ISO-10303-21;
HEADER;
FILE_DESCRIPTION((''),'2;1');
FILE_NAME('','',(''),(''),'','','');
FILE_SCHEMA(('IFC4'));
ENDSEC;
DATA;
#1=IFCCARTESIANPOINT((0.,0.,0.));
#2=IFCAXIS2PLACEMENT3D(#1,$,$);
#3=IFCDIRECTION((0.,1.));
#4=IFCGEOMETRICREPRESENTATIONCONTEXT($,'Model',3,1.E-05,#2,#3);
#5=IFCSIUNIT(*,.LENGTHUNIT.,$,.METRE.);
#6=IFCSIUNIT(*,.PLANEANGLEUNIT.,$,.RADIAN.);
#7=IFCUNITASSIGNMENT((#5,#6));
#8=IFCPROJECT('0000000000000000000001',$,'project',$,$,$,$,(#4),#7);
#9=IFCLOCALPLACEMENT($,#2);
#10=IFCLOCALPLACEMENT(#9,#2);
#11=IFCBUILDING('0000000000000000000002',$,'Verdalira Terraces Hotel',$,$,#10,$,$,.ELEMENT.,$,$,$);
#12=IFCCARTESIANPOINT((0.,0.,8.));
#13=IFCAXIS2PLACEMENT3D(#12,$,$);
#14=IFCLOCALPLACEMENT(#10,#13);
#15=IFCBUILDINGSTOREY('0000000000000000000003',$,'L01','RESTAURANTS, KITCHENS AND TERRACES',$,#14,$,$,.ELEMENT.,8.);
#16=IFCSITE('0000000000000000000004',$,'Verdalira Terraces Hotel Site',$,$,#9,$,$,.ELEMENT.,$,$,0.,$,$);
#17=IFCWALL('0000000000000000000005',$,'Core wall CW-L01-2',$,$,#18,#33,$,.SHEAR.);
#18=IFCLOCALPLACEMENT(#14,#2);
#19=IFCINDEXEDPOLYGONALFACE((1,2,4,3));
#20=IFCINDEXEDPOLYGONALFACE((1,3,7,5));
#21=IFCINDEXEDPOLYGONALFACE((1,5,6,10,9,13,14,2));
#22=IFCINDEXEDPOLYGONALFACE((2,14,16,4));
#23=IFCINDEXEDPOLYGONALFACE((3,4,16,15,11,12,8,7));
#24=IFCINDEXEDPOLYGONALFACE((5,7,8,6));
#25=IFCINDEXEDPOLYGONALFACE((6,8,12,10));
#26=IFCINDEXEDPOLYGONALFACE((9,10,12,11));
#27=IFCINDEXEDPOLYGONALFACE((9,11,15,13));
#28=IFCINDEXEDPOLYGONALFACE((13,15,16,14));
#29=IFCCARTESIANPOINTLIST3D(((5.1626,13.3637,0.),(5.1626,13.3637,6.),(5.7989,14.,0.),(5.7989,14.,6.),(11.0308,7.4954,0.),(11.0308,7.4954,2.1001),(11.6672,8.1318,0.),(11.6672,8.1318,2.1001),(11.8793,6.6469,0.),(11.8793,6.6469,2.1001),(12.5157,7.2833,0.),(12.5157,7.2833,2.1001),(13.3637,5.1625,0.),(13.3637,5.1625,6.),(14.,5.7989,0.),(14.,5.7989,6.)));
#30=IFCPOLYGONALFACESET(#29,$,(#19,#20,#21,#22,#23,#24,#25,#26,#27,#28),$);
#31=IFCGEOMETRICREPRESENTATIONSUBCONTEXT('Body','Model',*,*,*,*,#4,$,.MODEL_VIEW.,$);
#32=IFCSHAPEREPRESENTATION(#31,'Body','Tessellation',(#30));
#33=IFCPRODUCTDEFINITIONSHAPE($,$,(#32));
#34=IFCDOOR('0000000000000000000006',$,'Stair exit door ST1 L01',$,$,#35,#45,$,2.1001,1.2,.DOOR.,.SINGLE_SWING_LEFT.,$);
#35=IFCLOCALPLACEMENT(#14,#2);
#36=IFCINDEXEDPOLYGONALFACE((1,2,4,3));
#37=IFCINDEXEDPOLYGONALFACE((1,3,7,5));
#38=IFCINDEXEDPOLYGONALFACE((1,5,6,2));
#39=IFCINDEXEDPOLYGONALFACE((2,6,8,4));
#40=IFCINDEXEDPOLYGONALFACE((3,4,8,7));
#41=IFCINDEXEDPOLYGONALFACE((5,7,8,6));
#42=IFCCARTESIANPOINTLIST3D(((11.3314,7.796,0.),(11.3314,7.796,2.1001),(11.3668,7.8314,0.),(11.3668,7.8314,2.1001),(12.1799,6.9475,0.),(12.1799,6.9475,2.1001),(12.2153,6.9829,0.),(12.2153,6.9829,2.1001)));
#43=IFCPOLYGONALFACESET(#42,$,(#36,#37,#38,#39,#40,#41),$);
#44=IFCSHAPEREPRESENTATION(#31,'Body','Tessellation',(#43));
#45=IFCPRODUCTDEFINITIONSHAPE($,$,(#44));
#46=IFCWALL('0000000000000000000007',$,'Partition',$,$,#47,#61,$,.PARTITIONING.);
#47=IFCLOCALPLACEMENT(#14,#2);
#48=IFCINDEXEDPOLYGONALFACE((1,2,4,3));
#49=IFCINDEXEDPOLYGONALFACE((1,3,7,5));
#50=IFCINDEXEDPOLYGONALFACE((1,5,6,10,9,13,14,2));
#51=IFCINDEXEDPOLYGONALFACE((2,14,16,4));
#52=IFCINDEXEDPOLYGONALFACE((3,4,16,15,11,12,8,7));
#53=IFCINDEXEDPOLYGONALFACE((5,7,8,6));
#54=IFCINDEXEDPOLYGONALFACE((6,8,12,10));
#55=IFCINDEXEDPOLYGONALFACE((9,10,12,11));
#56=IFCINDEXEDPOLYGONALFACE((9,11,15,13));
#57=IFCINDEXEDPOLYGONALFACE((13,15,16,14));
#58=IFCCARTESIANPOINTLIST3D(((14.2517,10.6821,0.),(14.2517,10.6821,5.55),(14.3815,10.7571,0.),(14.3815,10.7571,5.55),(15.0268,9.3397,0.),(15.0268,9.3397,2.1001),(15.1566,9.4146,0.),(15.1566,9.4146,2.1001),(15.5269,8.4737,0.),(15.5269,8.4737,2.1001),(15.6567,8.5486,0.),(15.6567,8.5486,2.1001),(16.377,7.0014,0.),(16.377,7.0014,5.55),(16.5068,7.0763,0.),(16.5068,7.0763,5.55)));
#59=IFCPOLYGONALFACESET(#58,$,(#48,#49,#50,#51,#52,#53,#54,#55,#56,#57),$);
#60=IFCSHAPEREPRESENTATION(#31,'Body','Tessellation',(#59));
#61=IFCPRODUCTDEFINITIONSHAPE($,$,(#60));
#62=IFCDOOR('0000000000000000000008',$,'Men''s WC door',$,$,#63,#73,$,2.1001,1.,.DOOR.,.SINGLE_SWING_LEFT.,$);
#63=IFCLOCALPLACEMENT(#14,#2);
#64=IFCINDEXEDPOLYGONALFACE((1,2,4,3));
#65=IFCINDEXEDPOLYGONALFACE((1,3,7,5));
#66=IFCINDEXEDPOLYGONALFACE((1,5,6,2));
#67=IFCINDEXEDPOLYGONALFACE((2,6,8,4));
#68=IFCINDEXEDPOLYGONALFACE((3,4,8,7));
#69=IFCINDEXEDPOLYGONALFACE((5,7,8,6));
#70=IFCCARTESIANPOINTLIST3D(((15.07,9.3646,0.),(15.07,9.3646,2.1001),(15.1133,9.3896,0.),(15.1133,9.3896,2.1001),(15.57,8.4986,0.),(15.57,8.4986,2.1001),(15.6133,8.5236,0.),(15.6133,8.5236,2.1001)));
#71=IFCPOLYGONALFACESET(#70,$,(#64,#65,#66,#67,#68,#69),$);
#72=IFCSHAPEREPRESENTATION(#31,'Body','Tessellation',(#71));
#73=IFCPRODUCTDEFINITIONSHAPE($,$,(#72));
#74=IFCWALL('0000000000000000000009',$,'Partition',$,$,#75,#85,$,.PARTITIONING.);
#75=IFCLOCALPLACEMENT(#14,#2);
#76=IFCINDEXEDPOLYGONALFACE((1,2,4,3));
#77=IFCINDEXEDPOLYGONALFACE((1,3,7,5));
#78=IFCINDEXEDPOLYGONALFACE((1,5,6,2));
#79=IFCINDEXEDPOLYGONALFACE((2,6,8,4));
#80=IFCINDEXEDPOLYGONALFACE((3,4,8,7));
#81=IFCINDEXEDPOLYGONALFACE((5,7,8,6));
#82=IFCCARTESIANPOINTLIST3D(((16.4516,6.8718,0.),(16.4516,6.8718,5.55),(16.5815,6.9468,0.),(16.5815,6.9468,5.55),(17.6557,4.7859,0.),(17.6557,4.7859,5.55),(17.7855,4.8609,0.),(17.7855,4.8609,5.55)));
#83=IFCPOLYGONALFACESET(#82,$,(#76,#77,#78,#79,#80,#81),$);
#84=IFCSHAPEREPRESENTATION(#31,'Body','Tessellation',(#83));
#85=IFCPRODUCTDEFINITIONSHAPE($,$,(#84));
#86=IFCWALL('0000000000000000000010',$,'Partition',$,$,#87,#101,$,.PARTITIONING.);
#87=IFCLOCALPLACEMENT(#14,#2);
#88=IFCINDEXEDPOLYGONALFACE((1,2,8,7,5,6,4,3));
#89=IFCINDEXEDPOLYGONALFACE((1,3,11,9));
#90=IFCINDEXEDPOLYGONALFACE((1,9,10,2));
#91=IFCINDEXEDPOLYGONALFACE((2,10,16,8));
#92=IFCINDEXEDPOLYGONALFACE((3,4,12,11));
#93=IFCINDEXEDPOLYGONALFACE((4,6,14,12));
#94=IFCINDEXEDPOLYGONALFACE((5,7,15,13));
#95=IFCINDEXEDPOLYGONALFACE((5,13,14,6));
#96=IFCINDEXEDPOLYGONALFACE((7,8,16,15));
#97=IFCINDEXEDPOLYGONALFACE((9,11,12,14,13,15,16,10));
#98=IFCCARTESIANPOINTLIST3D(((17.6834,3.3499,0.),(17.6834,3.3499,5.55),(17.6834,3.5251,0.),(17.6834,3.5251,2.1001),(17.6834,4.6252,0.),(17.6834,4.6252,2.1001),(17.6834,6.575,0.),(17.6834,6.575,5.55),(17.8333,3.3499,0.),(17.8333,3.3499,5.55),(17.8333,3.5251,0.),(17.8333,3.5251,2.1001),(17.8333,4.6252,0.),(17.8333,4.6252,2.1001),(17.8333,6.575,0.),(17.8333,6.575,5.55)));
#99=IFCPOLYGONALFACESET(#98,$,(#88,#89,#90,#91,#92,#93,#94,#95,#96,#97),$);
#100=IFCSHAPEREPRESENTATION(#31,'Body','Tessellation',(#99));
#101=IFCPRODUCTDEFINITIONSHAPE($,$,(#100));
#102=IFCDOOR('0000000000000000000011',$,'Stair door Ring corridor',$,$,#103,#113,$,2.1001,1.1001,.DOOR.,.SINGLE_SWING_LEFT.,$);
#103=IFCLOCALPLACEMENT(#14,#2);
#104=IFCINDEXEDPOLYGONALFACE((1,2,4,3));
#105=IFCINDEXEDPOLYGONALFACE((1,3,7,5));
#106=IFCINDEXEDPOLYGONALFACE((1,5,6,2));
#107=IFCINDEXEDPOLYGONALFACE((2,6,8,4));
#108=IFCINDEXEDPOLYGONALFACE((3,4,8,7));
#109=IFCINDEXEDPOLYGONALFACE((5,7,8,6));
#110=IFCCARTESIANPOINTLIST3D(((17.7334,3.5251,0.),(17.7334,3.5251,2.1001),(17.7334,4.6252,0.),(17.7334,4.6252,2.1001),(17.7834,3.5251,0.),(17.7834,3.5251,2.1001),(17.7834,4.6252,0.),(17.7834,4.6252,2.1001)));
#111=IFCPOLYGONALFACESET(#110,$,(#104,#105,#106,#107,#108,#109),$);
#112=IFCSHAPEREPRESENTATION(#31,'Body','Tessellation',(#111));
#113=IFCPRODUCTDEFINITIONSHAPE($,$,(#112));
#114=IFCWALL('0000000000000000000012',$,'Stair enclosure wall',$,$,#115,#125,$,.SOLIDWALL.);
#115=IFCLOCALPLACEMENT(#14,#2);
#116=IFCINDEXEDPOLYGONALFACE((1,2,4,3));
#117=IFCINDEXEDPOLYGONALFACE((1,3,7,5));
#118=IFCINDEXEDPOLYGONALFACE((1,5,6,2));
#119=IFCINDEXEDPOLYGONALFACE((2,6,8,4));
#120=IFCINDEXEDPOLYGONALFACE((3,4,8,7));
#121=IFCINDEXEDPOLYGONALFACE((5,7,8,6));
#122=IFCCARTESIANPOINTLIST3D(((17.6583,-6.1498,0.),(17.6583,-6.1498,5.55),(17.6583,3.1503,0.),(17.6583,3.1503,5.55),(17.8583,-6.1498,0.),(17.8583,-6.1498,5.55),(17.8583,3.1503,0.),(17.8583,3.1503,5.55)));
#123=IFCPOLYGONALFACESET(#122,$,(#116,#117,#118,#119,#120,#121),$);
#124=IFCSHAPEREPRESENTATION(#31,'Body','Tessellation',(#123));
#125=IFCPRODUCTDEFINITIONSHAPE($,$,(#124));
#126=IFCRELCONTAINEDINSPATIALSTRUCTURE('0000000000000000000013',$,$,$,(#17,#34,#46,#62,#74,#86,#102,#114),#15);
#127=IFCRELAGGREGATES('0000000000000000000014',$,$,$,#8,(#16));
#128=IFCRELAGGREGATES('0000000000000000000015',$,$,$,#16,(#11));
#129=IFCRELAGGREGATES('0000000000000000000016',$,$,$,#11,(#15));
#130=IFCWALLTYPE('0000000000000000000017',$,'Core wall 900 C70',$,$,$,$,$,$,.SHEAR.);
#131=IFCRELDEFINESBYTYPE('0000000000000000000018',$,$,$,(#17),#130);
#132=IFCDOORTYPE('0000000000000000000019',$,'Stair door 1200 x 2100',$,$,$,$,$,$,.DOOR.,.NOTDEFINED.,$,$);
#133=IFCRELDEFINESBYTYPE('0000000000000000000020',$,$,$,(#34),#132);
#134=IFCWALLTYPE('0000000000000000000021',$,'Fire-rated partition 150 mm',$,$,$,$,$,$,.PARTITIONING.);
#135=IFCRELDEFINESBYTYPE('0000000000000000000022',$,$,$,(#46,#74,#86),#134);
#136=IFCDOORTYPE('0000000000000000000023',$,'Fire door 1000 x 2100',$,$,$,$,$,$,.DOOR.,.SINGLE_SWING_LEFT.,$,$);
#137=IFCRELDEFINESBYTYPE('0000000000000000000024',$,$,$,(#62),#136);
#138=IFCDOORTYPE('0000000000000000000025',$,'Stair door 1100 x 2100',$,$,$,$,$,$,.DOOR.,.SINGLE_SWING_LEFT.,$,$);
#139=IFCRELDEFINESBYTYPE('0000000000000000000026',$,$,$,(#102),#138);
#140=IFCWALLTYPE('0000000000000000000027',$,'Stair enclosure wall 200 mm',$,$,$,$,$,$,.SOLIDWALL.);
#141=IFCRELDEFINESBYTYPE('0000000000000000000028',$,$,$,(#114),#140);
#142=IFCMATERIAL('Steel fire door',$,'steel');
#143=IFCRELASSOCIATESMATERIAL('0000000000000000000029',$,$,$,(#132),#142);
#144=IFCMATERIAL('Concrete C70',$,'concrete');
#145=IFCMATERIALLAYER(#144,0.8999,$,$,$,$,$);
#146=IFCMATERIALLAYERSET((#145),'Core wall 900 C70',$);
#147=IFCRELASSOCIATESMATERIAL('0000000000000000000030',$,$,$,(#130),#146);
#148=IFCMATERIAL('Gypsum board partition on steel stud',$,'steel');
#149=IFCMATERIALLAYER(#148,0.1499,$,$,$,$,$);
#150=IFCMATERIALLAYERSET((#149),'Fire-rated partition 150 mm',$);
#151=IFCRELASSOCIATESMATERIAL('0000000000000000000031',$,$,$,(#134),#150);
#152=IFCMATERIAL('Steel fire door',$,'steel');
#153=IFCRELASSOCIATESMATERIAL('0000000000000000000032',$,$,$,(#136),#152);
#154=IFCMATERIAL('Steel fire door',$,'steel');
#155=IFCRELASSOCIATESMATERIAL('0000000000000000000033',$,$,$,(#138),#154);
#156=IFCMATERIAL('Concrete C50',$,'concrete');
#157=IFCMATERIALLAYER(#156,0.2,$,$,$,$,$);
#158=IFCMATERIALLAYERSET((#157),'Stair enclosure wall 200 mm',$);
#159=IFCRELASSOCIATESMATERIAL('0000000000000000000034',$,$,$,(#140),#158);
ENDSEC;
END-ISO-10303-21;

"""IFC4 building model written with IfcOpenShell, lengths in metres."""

from ifc_helpers import new_model, si_unit, direction, frame, frame_2d, origin, place, context, subcontext, project, spatial, rectangle, extrude, material, layer, layer_set, type_object, element, fill, save


model = new_model("IFC4")

# Units and contexts
model_context = context("Model", 3, precision=1e-05, world=origin(), true_north=direction((0.0, 1.0)))
body_context = subcontext(model_context, "Body", "Model", "MODEL_VIEW")
ifc_project = project(units=[si_unit("LENGTHUNIT", "METRE"), si_unit("PLANEANGLEUNIT", "RADIAN")], contexts=[model_context])

# Site, building, storey
site_placement = place(None, origin())
site = spatial("IfcSite", under=ifc_project, at=site_placement, Name="Verdalira Terraces Hotel Site", CompositionType="ELEMENT", RefElevation=0.0)
building_placement = place(site_placement, origin())
building = spatial("IfcBuilding", under=site, at=building_placement, Name="Verdalira Terraces Hotel", CompositionType="ELEMENT")
storey_placement = place(building_placement, frame((0.0, 0.0, 8.0)))
storey = spatial("IfcBuildingStorey", under=building, at=storey_placement, Name="L01", Description="RESTAURANTS, KITCHENS AND TERRACES", CompositionType="ELEMENT", Elevation=8.0)

# Shared definitions
ifc_material_1 = material(Name="Steel fire door", Category="steel")
door_type_1 = type_object("IfcDoorType", Name="Stair door 1200 x 2100", OperationType="NOTDEFINED", PredefinedType="DOOR", material=ifc_material_1)

# Walls, openings, doors
ifc_material_2 = material(Name="Concrete C70", Category="concrete")
ifc_layer_1 = layer(ifc_material_2, 0.8999)
ifc_layer_set_1 = layer_set([ifc_layer_1], Name="Core wall 900 C70")
wall_type_1 = type_object("IfcWallType", Name="Core wall 900 C70", PredefinedType="SHEAR", material=ifc_layer_set_1)
wall_1_placement = place(storey_placement, frame((13.6819, 5.4807, 0.0), z_axis=(0.0, 0.0, 1.0), x_axis=(-0.707107, 0.707107, 0.0)))
wall_1 = element("IfcWall", 1, at=wall_1_placement, inside=storey, type_object=wall_type_1, Name="Core wall CW-L01-2", PredefinedType="SHEAR", context=body_context, shape_type="SweptSolid", body=[
    extrude(rectangle(XDim=11.5981, YDim=0.8999, at=frame_2d((5.7991, 0.0))), origin(), (0.0, 0.0, 1.0), 6.0),
])
opening_1_placement = place(wall_1_placement, frame((2.0991, 0.0, 0.0)))
opening_1 = element("IfcOpeningElement", 2, at=opening_1_placement, cuts=wall_1, PredefinedType="OPENING", context=body_context, shape_type="SweptSolid", body=[
    extrude(rectangle(XDim=1.2, YDim=2.1001, at=frame_2d((0.6001, 1.05))), frame((0.0, 0.46, 0.0), z_axis=(0.0, -1.0, 0.0), x_axis=(1.0, 0.0, 0.0)), (0.0, 0.0, 1.0), 0.9199),
])
door_1_placement = place(opening_1_placement, origin())
door_1 = element("IfcDoor", 3, at=door_1_placement, inside=storey, type_object=door_type_1, Name="Stair exit door ST1 L01", OperationType="SINGLE_SWING_LEFT", OverallHeight=2.1001, OverallWidth=1.2, PredefinedType="DOOR", context=body_context, shape_type="SweptSolid", body=[
    extrude(rectangle(XDim=1.2, YDim=2.1001, at=frame_2d((0.6001, 1.05))), frame((0.0, 0.0249, 0.0), z_axis=(0.0, -1.0, 0.0), x_axis=(1.0, 0.0, 0.0)), (0.0, 0.0, 1.0), 0.05),
])
fill(opening_1, door_1)
ifc_material_3 = material(Name="Gypsum board partition on steel stud", Category="steel")
ifc_layer_2 = layer(ifc_material_3, 0.1499)
ifc_layer_set_2 = layer_set([ifc_layer_2], Name="Fire-rated partition 150 mm")
wall_type_2 = type_object("IfcWallType", Name="Fire-rated partition 150 mm", PredefinedType="PARTITIONING", material=ifc_layer_set_2)
wall_2_placement = place(storey_placement, frame((14.3166, 10.7195, 0.0), z_axis=(0.0, 0.0, 1.0), x_axis=(0.500037, -0.866004, 0.0)))
wall_2 = element("IfcWall", 4, at=wall_2_placement, inside=storey, type_object=wall_type_2, Name="Partition", PredefinedType="PARTITIONING", context=body_context, shape_type="SweptSolid", body=[
    extrude(rectangle(XDim=4.2502, YDim=0.1499, at=frame_2d((2.125, 0.0))), origin(), (0.0, 0.0, 1.0), 5.55),
])
opening_2_placement = place(wall_2_placement, frame((1.55, 0.0, 0.0)))
opening_2 = element("IfcOpeningElement", 5, at=opening_2_placement, cuts=wall_2, PredefinedType="OPENING", context=body_context, shape_type="SweptSolid", body=[
    extrude(rectangle(XDim=1.0, YDim=2.1001, at=frame_2d((0.5, 1.05))), frame((0.0, 0.085, 0.0), z_axis=(0.0, -1.0, 0.0), x_axis=(1.0, 0.0, 0.0)), (0.0, 0.0, 1.0), 0.1699),
])
ifc_material_4 = material(Name="Steel fire door", Category="steel")
door_type_2 = type_object("IfcDoorType", Name="Fire door 1000 x 2100", OperationType="SINGLE_SWING_LEFT", PredefinedType="DOOR", material=ifc_material_4)
door_2_placement = place(opening_2_placement, origin())
door_2 = element("IfcDoor", 6, at=door_2_placement, inside=storey, type_object=door_type_2, Name="Men's WC door", OperationType="SINGLE_SWING_LEFT", OverallHeight=2.1001, OverallWidth=1.0, PredefinedType="DOOR", context=body_context, shape_type="SweptSolid", body=[
    extrude(rectangle(XDim=1.0, YDim=2.1001, at=frame_2d((0.5, 1.05))), frame((0.0, 0.0249, 0.0), z_axis=(0.0, -1.0, 0.0), x_axis=(1.0, 0.0, 0.0)), (0.0, 0.0, 1.0), 0.05),
])
fill(opening_2, door_2)

# Wall
wall_3_placement = place(storey_placement, frame((16.5166, 6.9092, 0.0), z_axis=(0.0, 0.0, 1.0), x_axis=(0.499933, -0.866064, 0.0)))
element("IfcWall", 7, at=wall_3_placement, inside=storey, type_object=wall_type_2, Name="Partition", PredefinedType="PARTITIONING", context=body_context, shape_type="SweptSolid", body=[
    extrude(rectangle(XDim=2.4084, YDim=0.1499, at=frame_2d((1.2041, 0.0))), origin(), (0.0, 0.0, 1.0), 5.55),
])

# Wall, opening, door
wall_4_placement = place(storey_placement, frame((17.7583, 3.3499, 0.0), z_axis=(0.0, 0.0, 1.0), x_axis=(0.0, 1.0, 0.0)))
wall_4 = element("IfcWall", 8, at=wall_4_placement, inside=storey, type_object=wall_type_2, Name="Partition", PredefinedType="PARTITIONING", context=body_context, shape_type="SweptSolid", body=[
    extrude(rectangle(XDim=3.2251, YDim=0.1499, at=frame_2d((1.6125, 0.0))), origin(), (0.0, 0.0, 1.0), 5.55),
])
opening_3_placement = place(wall_4_placement, frame((0.1753, 0.0, 0.0)))
opening_3 = element("IfcOpeningElement", 9, at=opening_3_placement, cuts=wall_4, PredefinedType="OPENING", context=body_context, shape_type="SweptSolid", body=[
    extrude(rectangle(XDim=1.1001, YDim=2.1001, at=frame_2d((0.55, 1.05))), frame((0.0, 0.085, 0.0), z_axis=(0.0, -1.0, 0.0), x_axis=(1.0, 0.0, 0.0)), (0.0, 0.0, 1.0), 0.1699),
])
ifc_material_5 = material(Name="Steel fire door", Category="steel")
door_type_3 = type_object("IfcDoorType", Name="Stair door 1100 x 2100", OperationType="SINGLE_SWING_LEFT", PredefinedType="DOOR", material=ifc_material_5)
door_3_placement = place(opening_3_placement, origin())
door_3 = element("IfcDoor", 10, at=door_3_placement, inside=storey, type_object=door_type_3, Name="Stair door Ring corridor", OperationType="SINGLE_SWING_LEFT", OverallHeight=2.1001, OverallWidth=1.1001, PredefinedType="DOOR", context=body_context, shape_type="SweptSolid", body=[
    extrude(rectangle(XDim=1.1001, YDim=2.1001, at=frame_2d((0.55, 1.05))), frame((0.0, 0.0249, 0.0), z_axis=(0.0, -1.0, 0.0), x_axis=(1.0, 0.0, 0.0)), (0.0, 0.0, 1.0), 0.05),
])
fill(opening_3, door_3)

# Wall
ifc_material_6 = material(Name="Concrete C50", Category="concrete")
ifc_layer_3 = layer(ifc_material_6, 0.2)
ifc_layer_set_3 = layer_set([ifc_layer_3], Name="Stair enclosure wall 200 mm")
wall_type_3 = type_object("IfcWallType", Name="Stair enclosure wall 200 mm", PredefinedType="SOLIDWALL", material=ifc_layer_set_3)
wall_5_placement = place(storey_placement, frame((17.7583, 3.1501, 0.0), z_axis=(0.0, 0.0, 1.0), x_axis=(0.0, -1.0, 0.0)))
element("IfcWall", 11, at=wall_5_placement, inside=storey, type_object=wall_type_3, Name="Stair enclosure wall", PredefinedType="SOLIDWALL", context=body_context, shape_type="SweptSolid", body=[
    extrude(rectangle(XDim=9.3, YDim=0.2, at=frame_2d((4.6499, 0.0))), origin(), (0.0, 0.0, 1.0), 5.55),
])

save(model, "model.ifc")
